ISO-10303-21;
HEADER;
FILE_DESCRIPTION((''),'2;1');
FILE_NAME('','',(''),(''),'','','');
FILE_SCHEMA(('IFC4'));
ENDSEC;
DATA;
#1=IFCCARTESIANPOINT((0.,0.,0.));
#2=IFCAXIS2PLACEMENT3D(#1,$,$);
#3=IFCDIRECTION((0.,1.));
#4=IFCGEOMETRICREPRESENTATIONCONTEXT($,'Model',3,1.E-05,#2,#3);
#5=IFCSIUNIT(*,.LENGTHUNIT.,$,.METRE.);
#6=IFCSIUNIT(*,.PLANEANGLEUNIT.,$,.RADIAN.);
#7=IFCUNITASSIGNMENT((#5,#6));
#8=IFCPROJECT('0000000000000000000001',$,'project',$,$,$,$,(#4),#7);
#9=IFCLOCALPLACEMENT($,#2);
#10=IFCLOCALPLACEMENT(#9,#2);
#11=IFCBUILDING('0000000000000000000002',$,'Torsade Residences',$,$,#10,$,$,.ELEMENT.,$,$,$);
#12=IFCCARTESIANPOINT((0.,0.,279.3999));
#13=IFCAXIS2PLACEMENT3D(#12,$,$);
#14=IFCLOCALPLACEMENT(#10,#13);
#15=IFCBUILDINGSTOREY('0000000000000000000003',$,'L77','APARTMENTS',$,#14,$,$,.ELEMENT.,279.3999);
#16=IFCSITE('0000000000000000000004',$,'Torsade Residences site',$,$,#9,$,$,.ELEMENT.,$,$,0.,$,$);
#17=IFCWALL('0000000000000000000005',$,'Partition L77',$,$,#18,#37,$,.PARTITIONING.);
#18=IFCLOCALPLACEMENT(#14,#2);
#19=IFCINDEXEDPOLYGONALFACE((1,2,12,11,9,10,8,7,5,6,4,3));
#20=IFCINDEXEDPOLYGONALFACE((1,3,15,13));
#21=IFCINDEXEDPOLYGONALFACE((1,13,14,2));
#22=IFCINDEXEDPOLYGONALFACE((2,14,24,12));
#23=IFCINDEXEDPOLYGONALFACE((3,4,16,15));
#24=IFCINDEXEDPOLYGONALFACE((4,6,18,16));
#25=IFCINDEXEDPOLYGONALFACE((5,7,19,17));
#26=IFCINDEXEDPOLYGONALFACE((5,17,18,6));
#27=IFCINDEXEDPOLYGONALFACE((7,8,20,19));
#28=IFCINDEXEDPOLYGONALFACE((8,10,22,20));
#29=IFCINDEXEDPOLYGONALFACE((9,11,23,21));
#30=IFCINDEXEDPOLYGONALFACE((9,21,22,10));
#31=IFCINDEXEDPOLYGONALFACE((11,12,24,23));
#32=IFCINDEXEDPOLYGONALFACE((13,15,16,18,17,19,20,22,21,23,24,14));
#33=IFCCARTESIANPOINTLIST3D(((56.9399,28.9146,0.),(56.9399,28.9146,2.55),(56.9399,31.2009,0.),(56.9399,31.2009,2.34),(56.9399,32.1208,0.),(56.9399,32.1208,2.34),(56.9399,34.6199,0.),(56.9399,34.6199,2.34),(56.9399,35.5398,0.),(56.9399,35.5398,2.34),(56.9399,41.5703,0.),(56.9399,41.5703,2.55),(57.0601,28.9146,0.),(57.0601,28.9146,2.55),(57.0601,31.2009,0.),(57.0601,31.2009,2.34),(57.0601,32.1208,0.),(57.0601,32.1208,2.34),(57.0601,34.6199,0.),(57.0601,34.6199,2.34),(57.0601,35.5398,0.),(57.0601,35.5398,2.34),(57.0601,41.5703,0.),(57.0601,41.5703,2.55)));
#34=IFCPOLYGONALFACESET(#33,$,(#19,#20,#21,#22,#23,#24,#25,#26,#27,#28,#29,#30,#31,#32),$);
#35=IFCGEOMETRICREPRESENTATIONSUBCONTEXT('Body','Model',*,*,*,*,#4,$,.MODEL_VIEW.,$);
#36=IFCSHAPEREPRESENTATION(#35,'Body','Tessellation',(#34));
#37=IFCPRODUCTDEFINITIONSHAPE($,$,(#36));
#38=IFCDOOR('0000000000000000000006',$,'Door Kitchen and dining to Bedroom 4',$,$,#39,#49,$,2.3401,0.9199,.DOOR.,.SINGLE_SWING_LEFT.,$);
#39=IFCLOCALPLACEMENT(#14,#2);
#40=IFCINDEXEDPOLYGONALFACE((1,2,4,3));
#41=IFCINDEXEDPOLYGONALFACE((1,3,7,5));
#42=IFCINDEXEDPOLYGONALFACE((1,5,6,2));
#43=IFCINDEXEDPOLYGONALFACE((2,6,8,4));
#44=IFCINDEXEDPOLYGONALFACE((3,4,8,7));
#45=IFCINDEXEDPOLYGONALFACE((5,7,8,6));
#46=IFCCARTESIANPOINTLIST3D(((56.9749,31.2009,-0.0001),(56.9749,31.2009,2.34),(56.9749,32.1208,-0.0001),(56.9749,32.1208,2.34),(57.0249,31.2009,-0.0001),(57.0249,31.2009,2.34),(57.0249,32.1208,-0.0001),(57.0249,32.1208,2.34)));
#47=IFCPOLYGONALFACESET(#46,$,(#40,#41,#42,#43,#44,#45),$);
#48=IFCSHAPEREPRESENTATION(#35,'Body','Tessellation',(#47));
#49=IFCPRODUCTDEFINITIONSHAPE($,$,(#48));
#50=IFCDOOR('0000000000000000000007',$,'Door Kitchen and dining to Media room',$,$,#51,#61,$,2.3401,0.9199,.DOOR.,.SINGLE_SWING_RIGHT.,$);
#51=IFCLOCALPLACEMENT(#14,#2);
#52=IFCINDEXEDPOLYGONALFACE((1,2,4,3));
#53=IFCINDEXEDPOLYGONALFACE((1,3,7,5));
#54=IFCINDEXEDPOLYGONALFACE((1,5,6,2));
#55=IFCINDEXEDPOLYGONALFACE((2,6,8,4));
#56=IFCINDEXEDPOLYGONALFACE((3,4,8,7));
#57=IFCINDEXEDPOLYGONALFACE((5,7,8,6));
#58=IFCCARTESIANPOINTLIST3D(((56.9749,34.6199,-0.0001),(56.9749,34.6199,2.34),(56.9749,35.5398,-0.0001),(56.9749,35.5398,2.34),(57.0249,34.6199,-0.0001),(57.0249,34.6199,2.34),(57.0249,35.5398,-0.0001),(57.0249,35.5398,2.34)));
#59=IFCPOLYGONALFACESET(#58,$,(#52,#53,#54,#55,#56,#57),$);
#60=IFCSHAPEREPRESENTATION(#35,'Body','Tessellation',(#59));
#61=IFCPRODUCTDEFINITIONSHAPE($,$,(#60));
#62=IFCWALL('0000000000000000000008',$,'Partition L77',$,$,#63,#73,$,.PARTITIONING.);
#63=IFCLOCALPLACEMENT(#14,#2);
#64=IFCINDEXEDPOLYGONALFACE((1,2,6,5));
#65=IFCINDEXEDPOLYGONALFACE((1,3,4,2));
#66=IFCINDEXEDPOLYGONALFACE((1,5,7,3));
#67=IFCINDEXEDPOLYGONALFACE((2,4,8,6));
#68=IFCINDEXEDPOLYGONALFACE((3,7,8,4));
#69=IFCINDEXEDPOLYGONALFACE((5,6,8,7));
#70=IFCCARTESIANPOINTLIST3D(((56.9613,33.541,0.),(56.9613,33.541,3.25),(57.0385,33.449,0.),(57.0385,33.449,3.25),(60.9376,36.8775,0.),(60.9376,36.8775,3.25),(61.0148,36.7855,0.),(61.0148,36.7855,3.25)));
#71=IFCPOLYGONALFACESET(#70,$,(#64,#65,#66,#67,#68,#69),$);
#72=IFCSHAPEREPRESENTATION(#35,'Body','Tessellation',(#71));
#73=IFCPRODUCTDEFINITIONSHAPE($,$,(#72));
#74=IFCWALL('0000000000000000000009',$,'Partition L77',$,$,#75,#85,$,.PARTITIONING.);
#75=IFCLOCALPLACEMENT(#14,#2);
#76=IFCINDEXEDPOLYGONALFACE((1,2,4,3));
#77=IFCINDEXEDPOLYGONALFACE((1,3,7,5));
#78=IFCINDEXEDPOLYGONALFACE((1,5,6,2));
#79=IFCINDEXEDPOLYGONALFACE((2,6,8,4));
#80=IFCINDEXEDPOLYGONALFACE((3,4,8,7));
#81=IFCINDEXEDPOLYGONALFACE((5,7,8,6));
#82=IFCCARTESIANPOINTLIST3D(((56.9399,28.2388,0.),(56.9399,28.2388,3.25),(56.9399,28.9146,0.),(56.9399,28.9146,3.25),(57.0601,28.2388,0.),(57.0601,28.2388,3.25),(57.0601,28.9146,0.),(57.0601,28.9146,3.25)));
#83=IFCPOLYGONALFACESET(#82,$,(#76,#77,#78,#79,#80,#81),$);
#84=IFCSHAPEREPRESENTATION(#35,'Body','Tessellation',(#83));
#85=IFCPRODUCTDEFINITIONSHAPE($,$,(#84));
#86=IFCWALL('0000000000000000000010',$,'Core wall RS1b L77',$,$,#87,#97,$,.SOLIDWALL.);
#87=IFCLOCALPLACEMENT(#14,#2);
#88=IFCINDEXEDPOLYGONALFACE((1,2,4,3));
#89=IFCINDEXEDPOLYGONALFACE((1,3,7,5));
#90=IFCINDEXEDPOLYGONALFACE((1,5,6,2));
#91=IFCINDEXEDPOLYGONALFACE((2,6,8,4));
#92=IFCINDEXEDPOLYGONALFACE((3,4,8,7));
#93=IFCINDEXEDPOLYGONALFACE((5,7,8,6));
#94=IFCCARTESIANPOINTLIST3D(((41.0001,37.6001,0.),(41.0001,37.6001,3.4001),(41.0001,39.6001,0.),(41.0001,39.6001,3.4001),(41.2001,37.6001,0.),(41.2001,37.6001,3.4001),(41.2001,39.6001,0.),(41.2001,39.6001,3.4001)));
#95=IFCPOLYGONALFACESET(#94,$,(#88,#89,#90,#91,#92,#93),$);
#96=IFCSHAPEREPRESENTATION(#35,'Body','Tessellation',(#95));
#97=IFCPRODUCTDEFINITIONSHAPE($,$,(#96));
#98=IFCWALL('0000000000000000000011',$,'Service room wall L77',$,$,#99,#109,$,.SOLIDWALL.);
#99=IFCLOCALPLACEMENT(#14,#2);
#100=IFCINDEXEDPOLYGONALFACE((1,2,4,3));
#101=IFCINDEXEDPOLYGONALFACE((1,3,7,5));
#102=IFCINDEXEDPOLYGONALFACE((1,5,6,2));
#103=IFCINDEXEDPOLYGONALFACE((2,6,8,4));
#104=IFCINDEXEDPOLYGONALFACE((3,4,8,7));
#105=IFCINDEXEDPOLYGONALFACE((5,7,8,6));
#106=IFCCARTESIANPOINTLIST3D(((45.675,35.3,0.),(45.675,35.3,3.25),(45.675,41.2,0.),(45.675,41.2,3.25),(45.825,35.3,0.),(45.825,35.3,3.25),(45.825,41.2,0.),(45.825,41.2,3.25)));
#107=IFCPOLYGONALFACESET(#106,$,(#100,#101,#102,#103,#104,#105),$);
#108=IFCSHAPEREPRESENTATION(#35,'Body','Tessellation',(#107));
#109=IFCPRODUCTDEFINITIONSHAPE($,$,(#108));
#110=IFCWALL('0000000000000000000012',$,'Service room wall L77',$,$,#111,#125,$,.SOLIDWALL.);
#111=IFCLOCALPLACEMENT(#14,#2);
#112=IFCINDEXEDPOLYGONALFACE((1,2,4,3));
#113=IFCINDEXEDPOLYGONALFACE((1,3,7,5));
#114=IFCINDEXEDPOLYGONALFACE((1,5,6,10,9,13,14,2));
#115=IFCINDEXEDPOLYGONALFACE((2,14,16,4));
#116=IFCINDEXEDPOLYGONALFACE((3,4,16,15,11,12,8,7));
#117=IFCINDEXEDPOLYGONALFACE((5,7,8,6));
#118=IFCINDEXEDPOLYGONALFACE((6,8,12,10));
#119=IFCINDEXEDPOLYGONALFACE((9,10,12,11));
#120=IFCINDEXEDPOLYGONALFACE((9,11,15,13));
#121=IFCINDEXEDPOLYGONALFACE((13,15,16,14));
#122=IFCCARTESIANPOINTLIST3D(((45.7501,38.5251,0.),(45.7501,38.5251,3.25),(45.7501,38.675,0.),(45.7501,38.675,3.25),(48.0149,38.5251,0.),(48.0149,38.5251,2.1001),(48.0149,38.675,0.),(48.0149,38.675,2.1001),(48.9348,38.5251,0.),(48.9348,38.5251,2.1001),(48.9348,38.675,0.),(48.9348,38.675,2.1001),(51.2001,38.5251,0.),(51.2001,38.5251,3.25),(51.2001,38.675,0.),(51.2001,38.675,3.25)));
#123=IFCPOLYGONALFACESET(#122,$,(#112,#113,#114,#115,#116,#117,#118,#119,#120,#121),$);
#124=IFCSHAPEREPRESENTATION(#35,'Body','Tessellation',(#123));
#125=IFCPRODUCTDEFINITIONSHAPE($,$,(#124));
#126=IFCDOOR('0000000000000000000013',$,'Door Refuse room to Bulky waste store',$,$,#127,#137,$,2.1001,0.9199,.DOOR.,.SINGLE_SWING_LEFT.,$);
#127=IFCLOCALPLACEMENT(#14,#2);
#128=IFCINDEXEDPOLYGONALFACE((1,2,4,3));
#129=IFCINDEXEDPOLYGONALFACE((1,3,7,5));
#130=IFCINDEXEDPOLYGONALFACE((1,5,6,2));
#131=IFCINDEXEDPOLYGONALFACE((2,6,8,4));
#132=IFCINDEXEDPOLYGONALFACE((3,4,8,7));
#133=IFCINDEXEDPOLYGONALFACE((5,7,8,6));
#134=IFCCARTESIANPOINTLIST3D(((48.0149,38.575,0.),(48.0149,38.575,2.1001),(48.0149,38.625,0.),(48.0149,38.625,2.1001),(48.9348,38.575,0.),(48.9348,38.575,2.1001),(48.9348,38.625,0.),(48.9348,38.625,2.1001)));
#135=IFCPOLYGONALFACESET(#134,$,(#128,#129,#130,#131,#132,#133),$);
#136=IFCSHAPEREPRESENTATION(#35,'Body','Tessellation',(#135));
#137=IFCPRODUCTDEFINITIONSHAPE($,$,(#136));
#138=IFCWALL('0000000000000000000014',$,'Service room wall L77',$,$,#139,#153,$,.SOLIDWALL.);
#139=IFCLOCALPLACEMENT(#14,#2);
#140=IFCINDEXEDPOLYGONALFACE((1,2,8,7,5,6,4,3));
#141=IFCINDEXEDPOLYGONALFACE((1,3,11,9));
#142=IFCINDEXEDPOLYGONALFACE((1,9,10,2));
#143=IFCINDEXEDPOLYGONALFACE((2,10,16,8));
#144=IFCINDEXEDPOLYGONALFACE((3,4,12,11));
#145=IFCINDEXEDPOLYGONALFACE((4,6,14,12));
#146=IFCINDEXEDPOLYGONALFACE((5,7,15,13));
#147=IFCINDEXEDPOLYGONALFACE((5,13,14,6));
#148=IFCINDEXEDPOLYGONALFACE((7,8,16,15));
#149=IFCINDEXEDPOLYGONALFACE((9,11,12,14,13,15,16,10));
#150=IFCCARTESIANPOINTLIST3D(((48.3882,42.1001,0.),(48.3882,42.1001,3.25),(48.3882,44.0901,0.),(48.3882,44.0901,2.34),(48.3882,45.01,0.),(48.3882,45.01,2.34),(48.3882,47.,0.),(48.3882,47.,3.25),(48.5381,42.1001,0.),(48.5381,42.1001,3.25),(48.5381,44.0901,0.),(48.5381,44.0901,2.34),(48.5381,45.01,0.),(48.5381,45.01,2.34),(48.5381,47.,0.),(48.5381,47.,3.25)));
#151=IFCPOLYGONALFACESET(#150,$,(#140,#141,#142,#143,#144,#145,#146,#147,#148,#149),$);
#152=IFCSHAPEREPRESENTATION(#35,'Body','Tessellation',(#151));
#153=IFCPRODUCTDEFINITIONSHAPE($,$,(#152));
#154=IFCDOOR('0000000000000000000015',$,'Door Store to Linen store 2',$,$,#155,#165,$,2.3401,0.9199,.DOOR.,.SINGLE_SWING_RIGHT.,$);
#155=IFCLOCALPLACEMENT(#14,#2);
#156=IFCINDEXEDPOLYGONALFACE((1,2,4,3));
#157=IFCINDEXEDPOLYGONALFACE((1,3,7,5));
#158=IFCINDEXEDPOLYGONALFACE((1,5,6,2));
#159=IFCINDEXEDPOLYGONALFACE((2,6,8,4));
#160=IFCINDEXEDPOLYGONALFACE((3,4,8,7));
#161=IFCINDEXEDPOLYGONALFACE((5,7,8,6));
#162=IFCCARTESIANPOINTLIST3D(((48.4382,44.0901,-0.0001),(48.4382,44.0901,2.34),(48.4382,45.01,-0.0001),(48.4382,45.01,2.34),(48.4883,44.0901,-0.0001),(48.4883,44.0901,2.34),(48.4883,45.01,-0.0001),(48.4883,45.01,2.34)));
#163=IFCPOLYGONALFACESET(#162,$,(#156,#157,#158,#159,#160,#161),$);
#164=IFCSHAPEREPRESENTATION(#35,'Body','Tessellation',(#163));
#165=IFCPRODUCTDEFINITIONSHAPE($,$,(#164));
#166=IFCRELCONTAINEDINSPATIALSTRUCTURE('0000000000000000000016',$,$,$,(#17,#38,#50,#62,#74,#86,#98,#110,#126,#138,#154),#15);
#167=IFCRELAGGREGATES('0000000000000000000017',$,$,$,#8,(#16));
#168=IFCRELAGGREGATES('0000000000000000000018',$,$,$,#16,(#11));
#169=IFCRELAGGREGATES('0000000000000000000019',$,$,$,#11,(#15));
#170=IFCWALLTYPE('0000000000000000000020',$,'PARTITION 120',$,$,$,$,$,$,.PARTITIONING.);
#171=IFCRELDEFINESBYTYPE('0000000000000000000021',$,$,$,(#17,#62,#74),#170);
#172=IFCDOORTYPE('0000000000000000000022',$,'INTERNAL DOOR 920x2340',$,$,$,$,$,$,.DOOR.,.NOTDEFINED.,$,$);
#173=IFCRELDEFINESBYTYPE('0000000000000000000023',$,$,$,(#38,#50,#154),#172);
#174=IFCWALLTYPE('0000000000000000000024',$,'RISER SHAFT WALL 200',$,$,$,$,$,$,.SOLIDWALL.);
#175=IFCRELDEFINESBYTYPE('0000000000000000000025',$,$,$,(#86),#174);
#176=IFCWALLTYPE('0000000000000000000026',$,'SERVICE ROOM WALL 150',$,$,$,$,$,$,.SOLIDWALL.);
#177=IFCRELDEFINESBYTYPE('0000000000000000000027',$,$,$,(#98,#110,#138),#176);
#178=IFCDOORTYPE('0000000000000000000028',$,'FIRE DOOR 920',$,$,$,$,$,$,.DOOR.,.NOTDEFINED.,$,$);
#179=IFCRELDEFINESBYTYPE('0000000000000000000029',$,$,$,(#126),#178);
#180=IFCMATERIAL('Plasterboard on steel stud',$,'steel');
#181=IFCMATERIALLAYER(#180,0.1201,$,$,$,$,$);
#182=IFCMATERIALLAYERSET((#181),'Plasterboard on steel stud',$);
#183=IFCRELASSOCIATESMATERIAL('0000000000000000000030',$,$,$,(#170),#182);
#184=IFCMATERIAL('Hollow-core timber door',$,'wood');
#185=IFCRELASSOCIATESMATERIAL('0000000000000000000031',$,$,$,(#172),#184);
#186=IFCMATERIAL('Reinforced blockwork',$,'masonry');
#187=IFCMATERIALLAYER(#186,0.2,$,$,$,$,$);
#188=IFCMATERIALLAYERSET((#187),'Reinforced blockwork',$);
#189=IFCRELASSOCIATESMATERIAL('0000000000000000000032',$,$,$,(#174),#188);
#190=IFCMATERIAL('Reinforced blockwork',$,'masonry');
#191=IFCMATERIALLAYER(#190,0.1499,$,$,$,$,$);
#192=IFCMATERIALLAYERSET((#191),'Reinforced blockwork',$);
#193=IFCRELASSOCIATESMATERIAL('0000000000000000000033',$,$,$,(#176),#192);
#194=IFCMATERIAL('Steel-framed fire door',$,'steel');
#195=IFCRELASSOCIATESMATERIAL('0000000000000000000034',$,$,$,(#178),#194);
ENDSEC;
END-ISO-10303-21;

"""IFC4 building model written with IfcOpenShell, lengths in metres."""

from ifc_helpers import new_model, si_unit, direction, frame, frame_2d, origin, place, context, subcontext, project, spatial, rectangle, extrude, material, layer, layer_set, type_object, element, fill, save


model = new_model("IFC4")

# Units and contexts
model_context = context("Model", 3, precision=1e-05, world=origin(), true_north=direction((0.0, 1.0)))
body_context = subcontext(model_context, "Body", "Model", "MODEL_VIEW")
ifc_project = project(units=[si_unit("LENGTHUNIT", "METRE"), si_unit("PLANEANGLEUNIT", "RADIAN")], contexts=[model_context])

# Site, building, storey
site_placement = place(None, origin())
site = spatial("IfcSite", under=ifc_project, at=site_placement, Name="Torsade Residences site", CompositionType="ELEMENT", RefElevation=0.0)
building_placement = place(site_placement, origin())
building = spatial("IfcBuilding", under=site, at=building_placement, Name="Torsade Residences", CompositionType="ELEMENT")
storey_placement = place(building_placement, frame((0.0, 0.0, 279.3999)))
storey = spatial("IfcBuildingStorey", under=building, at=storey_placement, Name="L77", Description="APARTMENTS", CompositionType="ELEMENT", Elevation=279.3999)

# Shared definitions
ifc_material_1 = material(Name="Plasterboard on steel stud", Category="steel")
ifc_layer_1 = layer(ifc_material_1, 0.1201)
ifc_layer_set_1 = layer_set([ifc_layer_1], Name="Plasterboard on steel stud")
wall_type_1 = type_object("IfcWallType", Name="PARTITION 120", PredefinedType="PARTITIONING", material=ifc_layer_set_1)
ifc_material_2 = material(Name="Hollow-core timber door", Category="wood")
door_type_1 = type_object("IfcDoorType", Name="INTERNAL DOOR 920x2340", OperationType="NOTDEFINED", PredefinedType="DOOR", material=ifc_material_2)

# Wall, openings, doors
wall_1_placement = place(storey_placement, frame((57.0, 41.5703, 0.0), z_axis=(0.0, 0.0, 1.0), x_axis=(0.0, -1.0, 0.0)))
wall_1 = element("IfcWall", 1, at=wall_1_placement, inside=storey, type_object=wall_type_1, Name="Partition L77", PredefinedType="PARTITIONING", context=body_context, shape_type="SweptSolid", body=[
    extrude(rectangle(XDim=12.6558, YDim=0.1201, at=frame_2d((6.3279, 0.0))), origin(), (0.0, 0.0, 1.0), 2.55),
])
opening_1_placement = place(wall_1_placement, frame((9.4495, 0.0, 0.0)))
opening_1 = element("IfcOpeningElement", 2, at=opening_1_placement, cuts=wall_1, PredefinedType="OPENING", context=body_context, shape_type="SweptSolid", body=[
    extrude(rectangle(XDim=0.9199, YDim=2.3401, at=frame_2d((0.46, 1.1699))), frame((0.0, 0.0701, 0.0), z_axis=(0.0, -1.0, 0.0), x_axis=(1.0, 0.0, 0.0)), (0.0, 0.0, 1.0), 0.1401),
])
opening_2_placement = place(wall_1_placement, frame((6.0305, 0.0, 0.0)))
opening_2 = element("IfcOpeningElement", 3, at=opening_2_placement, cuts=wall_1, PredefinedType="OPENING", context=body_context, shape_type="SweptSolid", body=[
    extrude(rectangle(XDim=0.9199, YDim=2.3401, at=frame_2d((0.46, 1.1699))), frame((0.0, 0.0701, 0.0), z_axis=(0.0, -1.0, 0.0), x_axis=(1.0, 0.0, 0.0)), (0.0, 0.0, 1.0), 0.1401),
])
door_1_placement = place(opening_1_placement, origin())
door_1 = element("IfcDoor", 4, at=door_1_placement, inside=storey, type_object=door_type_1, Name="Door Kitchen and dining to Bedroom 4", OperationType="SINGLE_SWING_LEFT", OverallHeight=2.3401, OverallWidth=0.9199, PredefinedType="DOOR", context=body_context, shape_type="SweptSolid", body=[
    extrude(rectangle(XDim=0.9199, YDim=2.3401, at=frame_2d((0.46, 1.1699))), frame((0.0, 0.0249, 0.0), z_axis=(0.0, -1.0, 0.0), x_axis=(1.0, 0.0, 0.0)), (0.0, 0.0, 1.0), 0.05),
])
fill(opening_1, door_1)
door_2_placement = place(opening_2_placement, origin())
door_2 = element("IfcDoor", 5, at=door_2_placement, inside=storey, type_object=door_type_1, Name="Door Kitchen and dining to Media room", OperationType="SINGLE_SWING_RIGHT", OverallHeight=2.3401, OverallWidth=0.9199, PredefinedType="DOOR", context=body_context, shape_type="SweptSolid", body=[
    extrude(rectangle(XDim=0.9199, YDim=2.3401, at=frame_2d((0.46, 1.1699))), frame((0.0, 0.0249, 0.0), z_axis=(0.0, -1.0, 0.0), x_axis=(1.0, 0.0, 0.0)), (0.0, 0.0, 1.0), 0.05),
])
fill(opening_2, door_2)

# Walls
wall_2_placement = place(storey_placement, frame((57.0, 33.4951, 0.0), z_axis=(0.0, 0.0, 1.0), x_axis=(0.766054, 0.642776, 0.0)))
element("IfcWall", 6, at=wall_2_placement, inside=storey, type_object=wall_type_1, Name="Partition L77", PredefinedType="PARTITIONING", context=body_context, shape_type="SweptSolid", body=[
    extrude(rectangle(XDim=5.1907, YDim=0.1201, at=frame_2d((2.5952, 0.0))), origin(), (0.0, 0.0, 1.0), 3.25),
])
wall_3_placement = place(storey_placement, frame((57.0, 28.9146, 0.0), z_axis=(0.0, 0.0, 1.0), x_axis=(0.0, -1.0, 0.0)))
element("IfcWall", 7, at=wall_3_placement, inside=storey, type_object=wall_type_1, Name="Partition L77", PredefinedType="PARTITIONING", context=body_context, shape_type="SweptSolid", body=[
    extrude(rectangle(XDim=0.6758, YDim=0.1201, at=frame_2d((0.3379, 0.0))), origin(), (0.0, 0.0, 1.0), 3.25),
])
ifc_material_3 = material(Name="Reinforced blockwork", Category="masonry")
ifc_layer_2 = layer(ifc_material_3, 0.2)
ifc_layer_set_2 = layer_set([ifc_layer_2], Name="Reinforced blockwork")
wall_type_2 = type_object("IfcWallType", Name="RISER SHAFT WALL 200", PredefinedType="SOLIDWALL", material=ifc_layer_set_2)
wall_4_placement = place(storey_placement, frame((41.1001, 37.6001, 0.0), z_axis=(0.0, 0.0, 1.0), x_axis=(0.0, 1.0, 0.0)))
element("IfcWall", 8, at=wall_4_placement, inside=storey, type_object=wall_type_2, Name="Core wall RS1b L77", PredefinedType="SOLIDWALL", context=body_context, shape_type="SweptSolid", body=[
    extrude(rectangle(XDim=2.0, YDim=0.2, at=frame_2d((1.0, 0.0))), origin(), (0.0, 0.0, 1.0), 3.4001),
])
ifc_material_4 = material(Name="Reinforced blockwork", Category="masonry")
ifc_layer_3 = layer(ifc_material_4, 0.1499)
ifc_layer_set_3 = layer_set([ifc_layer_3], Name="Reinforced blockwork")
wall_type_3 = type_object("IfcWallType", Name="SERVICE ROOM WALL 150", PredefinedType="SOLIDWALL", material=ifc_layer_set_3)
wall_5_placement = place(storey_placement, frame((45.75, 41.2, 0.0), z_axis=(0.0, 0.0, 1.0), x_axis=(0.0, -1.0, 0.0)))
element("IfcWall", 9, at=wall_5_placement, inside=storey, type_object=wall_type_3, Name="Service room wall L77", PredefinedType="SOLIDWALL", context=body_context, shape_type="SweptSolid", body=[
    extrude(rectangle(XDim=5.8999, YDim=0.1499, at=frame_2d((2.95, 0.0))), origin(), (0.0, 0.0, 1.0), 3.25),
])

# Walls, openings, doors
wall_6_placement = place(storey_placement, frame((45.75, 38.6001, 0.0), z_axis=(0.0, 0.0, 1.0), x_axis=(1.0, 0.0, 0.0)))
wall_6 = element("IfcWall", 10, at=wall_6_placement, inside=storey, type_object=wall_type_3, Name="Service room wall L77", PredefinedType="SOLIDWALL", context=body_context, shape_type="SweptSolid", body=[
    extrude(rectangle(XDim=5.45, YDim=0.1499, at=frame_2d((2.7251, 0.0))), origin(), (0.0, 0.0, 1.0), 3.25),
])
opening_3_placement = place(wall_6_placement, frame((2.2649, 0.0, 0.0)))
opening_3 = element("IfcOpeningElement", 11, at=opening_3_placement, cuts=wall_6, PredefinedType="OPENING", context=body_context, shape_type="SweptSolid", body=[
    extrude(rectangle(XDim=0.9199, YDim=2.1001, at=frame_2d((0.46, 1.05))), frame((0.0, 0.085, 0.0), z_axis=(0.0, -1.0, 0.0), x_axis=(1.0, 0.0, 0.0)), (0.0, 0.0, 1.0), 0.1699),
])
ifc_material_5 = material(Name="Steel-framed fire door", Category="steel")
door_type_2 = type_object("IfcDoorType", Name="FIRE DOOR 920", OperationType="NOTDEFINED", PredefinedType="DOOR", material=ifc_material_5)
door_3_placement = place(opening_3_placement, origin())
door_3 = element("IfcDoor", 12, at=door_3_placement, inside=storey, type_object=door_type_2, Name="Door Refuse room to Bulky waste store", OperationType="SINGLE_SWING_LEFT", OverallHeight=2.1001, OverallWidth=0.9199, PredefinedType="DOOR", context=body_context, shape_type="SweptSolid", body=[
    extrude(rectangle(XDim=0.9199, YDim=2.1001, at=frame_2d((0.46, 1.05))), frame((0.0, 0.0249, 0.0), z_axis=(0.0, -1.0, 0.0), x_axis=(1.0, 0.0, 0.0)), (0.0, 0.0, 1.0), 0.05),
])
fill(opening_3, door_3)
wall_7_placement = place(storey_placement, frame((48.4631, 42.1001, 0.0), z_axis=(0.0, 0.0, 1.0), x_axis=(0.0, 1.0, 0.0)))
wall_7 = element("IfcWall", 13, at=wall_7_placement, inside=storey, type_object=wall_type_3, Name="Service room wall L77", PredefinedType="SOLIDWALL", context=body_context, shape_type="SweptSolid", body=[
    extrude(rectangle(XDim=4.8999, YDim=0.1499, at=frame_2d((2.45, 0.0))), origin(), (0.0, 0.0, 1.0), 3.25),
])
opening_4_placement = place(wall_7_placement, frame((1.99, 0.0, 0.0)))
opening_4 = element("IfcOpeningElement", 14, at=opening_4_placement, cuts=wall_7, PredefinedType="OPENING", context=body_context, shape_type="SweptSolid", body=[
    extrude(rectangle(XDim=0.9199, YDim=2.3401, at=frame_2d((0.46, 1.1699))), frame((0.0, 0.085, 0.0), z_axis=(0.0, -1.0, 0.0), x_axis=(1.0, 0.0, 0.0)), (0.0, 0.0, 1.0), 0.1699),
])
door_4_placement = place(opening_4_placement, origin())
door_4 = element("IfcDoor", 15, at=door_4_placement, inside=storey, type_object=door_type_1, Name="Door Store to Linen store 2", OperationType="SINGLE_SWING_RIGHT", OverallHeight=2.3401, OverallWidth=0.9199, PredefinedType="DOOR", context=body_context, shape_type="SweptSolid", body=[
    extrude(rectangle(XDim=0.9199, YDim=2.3401, at=frame_2d((0.46, 1.1699))), frame((0.0, 0.0249, 0.0), z_axis=(0.0, -1.0, 0.0), x_axis=(1.0, 0.0, 0.0)), (0.0, 0.0, 1.0), 0.05),
])
fill(opening_4, door_4)

save(model, "model.ifc")
